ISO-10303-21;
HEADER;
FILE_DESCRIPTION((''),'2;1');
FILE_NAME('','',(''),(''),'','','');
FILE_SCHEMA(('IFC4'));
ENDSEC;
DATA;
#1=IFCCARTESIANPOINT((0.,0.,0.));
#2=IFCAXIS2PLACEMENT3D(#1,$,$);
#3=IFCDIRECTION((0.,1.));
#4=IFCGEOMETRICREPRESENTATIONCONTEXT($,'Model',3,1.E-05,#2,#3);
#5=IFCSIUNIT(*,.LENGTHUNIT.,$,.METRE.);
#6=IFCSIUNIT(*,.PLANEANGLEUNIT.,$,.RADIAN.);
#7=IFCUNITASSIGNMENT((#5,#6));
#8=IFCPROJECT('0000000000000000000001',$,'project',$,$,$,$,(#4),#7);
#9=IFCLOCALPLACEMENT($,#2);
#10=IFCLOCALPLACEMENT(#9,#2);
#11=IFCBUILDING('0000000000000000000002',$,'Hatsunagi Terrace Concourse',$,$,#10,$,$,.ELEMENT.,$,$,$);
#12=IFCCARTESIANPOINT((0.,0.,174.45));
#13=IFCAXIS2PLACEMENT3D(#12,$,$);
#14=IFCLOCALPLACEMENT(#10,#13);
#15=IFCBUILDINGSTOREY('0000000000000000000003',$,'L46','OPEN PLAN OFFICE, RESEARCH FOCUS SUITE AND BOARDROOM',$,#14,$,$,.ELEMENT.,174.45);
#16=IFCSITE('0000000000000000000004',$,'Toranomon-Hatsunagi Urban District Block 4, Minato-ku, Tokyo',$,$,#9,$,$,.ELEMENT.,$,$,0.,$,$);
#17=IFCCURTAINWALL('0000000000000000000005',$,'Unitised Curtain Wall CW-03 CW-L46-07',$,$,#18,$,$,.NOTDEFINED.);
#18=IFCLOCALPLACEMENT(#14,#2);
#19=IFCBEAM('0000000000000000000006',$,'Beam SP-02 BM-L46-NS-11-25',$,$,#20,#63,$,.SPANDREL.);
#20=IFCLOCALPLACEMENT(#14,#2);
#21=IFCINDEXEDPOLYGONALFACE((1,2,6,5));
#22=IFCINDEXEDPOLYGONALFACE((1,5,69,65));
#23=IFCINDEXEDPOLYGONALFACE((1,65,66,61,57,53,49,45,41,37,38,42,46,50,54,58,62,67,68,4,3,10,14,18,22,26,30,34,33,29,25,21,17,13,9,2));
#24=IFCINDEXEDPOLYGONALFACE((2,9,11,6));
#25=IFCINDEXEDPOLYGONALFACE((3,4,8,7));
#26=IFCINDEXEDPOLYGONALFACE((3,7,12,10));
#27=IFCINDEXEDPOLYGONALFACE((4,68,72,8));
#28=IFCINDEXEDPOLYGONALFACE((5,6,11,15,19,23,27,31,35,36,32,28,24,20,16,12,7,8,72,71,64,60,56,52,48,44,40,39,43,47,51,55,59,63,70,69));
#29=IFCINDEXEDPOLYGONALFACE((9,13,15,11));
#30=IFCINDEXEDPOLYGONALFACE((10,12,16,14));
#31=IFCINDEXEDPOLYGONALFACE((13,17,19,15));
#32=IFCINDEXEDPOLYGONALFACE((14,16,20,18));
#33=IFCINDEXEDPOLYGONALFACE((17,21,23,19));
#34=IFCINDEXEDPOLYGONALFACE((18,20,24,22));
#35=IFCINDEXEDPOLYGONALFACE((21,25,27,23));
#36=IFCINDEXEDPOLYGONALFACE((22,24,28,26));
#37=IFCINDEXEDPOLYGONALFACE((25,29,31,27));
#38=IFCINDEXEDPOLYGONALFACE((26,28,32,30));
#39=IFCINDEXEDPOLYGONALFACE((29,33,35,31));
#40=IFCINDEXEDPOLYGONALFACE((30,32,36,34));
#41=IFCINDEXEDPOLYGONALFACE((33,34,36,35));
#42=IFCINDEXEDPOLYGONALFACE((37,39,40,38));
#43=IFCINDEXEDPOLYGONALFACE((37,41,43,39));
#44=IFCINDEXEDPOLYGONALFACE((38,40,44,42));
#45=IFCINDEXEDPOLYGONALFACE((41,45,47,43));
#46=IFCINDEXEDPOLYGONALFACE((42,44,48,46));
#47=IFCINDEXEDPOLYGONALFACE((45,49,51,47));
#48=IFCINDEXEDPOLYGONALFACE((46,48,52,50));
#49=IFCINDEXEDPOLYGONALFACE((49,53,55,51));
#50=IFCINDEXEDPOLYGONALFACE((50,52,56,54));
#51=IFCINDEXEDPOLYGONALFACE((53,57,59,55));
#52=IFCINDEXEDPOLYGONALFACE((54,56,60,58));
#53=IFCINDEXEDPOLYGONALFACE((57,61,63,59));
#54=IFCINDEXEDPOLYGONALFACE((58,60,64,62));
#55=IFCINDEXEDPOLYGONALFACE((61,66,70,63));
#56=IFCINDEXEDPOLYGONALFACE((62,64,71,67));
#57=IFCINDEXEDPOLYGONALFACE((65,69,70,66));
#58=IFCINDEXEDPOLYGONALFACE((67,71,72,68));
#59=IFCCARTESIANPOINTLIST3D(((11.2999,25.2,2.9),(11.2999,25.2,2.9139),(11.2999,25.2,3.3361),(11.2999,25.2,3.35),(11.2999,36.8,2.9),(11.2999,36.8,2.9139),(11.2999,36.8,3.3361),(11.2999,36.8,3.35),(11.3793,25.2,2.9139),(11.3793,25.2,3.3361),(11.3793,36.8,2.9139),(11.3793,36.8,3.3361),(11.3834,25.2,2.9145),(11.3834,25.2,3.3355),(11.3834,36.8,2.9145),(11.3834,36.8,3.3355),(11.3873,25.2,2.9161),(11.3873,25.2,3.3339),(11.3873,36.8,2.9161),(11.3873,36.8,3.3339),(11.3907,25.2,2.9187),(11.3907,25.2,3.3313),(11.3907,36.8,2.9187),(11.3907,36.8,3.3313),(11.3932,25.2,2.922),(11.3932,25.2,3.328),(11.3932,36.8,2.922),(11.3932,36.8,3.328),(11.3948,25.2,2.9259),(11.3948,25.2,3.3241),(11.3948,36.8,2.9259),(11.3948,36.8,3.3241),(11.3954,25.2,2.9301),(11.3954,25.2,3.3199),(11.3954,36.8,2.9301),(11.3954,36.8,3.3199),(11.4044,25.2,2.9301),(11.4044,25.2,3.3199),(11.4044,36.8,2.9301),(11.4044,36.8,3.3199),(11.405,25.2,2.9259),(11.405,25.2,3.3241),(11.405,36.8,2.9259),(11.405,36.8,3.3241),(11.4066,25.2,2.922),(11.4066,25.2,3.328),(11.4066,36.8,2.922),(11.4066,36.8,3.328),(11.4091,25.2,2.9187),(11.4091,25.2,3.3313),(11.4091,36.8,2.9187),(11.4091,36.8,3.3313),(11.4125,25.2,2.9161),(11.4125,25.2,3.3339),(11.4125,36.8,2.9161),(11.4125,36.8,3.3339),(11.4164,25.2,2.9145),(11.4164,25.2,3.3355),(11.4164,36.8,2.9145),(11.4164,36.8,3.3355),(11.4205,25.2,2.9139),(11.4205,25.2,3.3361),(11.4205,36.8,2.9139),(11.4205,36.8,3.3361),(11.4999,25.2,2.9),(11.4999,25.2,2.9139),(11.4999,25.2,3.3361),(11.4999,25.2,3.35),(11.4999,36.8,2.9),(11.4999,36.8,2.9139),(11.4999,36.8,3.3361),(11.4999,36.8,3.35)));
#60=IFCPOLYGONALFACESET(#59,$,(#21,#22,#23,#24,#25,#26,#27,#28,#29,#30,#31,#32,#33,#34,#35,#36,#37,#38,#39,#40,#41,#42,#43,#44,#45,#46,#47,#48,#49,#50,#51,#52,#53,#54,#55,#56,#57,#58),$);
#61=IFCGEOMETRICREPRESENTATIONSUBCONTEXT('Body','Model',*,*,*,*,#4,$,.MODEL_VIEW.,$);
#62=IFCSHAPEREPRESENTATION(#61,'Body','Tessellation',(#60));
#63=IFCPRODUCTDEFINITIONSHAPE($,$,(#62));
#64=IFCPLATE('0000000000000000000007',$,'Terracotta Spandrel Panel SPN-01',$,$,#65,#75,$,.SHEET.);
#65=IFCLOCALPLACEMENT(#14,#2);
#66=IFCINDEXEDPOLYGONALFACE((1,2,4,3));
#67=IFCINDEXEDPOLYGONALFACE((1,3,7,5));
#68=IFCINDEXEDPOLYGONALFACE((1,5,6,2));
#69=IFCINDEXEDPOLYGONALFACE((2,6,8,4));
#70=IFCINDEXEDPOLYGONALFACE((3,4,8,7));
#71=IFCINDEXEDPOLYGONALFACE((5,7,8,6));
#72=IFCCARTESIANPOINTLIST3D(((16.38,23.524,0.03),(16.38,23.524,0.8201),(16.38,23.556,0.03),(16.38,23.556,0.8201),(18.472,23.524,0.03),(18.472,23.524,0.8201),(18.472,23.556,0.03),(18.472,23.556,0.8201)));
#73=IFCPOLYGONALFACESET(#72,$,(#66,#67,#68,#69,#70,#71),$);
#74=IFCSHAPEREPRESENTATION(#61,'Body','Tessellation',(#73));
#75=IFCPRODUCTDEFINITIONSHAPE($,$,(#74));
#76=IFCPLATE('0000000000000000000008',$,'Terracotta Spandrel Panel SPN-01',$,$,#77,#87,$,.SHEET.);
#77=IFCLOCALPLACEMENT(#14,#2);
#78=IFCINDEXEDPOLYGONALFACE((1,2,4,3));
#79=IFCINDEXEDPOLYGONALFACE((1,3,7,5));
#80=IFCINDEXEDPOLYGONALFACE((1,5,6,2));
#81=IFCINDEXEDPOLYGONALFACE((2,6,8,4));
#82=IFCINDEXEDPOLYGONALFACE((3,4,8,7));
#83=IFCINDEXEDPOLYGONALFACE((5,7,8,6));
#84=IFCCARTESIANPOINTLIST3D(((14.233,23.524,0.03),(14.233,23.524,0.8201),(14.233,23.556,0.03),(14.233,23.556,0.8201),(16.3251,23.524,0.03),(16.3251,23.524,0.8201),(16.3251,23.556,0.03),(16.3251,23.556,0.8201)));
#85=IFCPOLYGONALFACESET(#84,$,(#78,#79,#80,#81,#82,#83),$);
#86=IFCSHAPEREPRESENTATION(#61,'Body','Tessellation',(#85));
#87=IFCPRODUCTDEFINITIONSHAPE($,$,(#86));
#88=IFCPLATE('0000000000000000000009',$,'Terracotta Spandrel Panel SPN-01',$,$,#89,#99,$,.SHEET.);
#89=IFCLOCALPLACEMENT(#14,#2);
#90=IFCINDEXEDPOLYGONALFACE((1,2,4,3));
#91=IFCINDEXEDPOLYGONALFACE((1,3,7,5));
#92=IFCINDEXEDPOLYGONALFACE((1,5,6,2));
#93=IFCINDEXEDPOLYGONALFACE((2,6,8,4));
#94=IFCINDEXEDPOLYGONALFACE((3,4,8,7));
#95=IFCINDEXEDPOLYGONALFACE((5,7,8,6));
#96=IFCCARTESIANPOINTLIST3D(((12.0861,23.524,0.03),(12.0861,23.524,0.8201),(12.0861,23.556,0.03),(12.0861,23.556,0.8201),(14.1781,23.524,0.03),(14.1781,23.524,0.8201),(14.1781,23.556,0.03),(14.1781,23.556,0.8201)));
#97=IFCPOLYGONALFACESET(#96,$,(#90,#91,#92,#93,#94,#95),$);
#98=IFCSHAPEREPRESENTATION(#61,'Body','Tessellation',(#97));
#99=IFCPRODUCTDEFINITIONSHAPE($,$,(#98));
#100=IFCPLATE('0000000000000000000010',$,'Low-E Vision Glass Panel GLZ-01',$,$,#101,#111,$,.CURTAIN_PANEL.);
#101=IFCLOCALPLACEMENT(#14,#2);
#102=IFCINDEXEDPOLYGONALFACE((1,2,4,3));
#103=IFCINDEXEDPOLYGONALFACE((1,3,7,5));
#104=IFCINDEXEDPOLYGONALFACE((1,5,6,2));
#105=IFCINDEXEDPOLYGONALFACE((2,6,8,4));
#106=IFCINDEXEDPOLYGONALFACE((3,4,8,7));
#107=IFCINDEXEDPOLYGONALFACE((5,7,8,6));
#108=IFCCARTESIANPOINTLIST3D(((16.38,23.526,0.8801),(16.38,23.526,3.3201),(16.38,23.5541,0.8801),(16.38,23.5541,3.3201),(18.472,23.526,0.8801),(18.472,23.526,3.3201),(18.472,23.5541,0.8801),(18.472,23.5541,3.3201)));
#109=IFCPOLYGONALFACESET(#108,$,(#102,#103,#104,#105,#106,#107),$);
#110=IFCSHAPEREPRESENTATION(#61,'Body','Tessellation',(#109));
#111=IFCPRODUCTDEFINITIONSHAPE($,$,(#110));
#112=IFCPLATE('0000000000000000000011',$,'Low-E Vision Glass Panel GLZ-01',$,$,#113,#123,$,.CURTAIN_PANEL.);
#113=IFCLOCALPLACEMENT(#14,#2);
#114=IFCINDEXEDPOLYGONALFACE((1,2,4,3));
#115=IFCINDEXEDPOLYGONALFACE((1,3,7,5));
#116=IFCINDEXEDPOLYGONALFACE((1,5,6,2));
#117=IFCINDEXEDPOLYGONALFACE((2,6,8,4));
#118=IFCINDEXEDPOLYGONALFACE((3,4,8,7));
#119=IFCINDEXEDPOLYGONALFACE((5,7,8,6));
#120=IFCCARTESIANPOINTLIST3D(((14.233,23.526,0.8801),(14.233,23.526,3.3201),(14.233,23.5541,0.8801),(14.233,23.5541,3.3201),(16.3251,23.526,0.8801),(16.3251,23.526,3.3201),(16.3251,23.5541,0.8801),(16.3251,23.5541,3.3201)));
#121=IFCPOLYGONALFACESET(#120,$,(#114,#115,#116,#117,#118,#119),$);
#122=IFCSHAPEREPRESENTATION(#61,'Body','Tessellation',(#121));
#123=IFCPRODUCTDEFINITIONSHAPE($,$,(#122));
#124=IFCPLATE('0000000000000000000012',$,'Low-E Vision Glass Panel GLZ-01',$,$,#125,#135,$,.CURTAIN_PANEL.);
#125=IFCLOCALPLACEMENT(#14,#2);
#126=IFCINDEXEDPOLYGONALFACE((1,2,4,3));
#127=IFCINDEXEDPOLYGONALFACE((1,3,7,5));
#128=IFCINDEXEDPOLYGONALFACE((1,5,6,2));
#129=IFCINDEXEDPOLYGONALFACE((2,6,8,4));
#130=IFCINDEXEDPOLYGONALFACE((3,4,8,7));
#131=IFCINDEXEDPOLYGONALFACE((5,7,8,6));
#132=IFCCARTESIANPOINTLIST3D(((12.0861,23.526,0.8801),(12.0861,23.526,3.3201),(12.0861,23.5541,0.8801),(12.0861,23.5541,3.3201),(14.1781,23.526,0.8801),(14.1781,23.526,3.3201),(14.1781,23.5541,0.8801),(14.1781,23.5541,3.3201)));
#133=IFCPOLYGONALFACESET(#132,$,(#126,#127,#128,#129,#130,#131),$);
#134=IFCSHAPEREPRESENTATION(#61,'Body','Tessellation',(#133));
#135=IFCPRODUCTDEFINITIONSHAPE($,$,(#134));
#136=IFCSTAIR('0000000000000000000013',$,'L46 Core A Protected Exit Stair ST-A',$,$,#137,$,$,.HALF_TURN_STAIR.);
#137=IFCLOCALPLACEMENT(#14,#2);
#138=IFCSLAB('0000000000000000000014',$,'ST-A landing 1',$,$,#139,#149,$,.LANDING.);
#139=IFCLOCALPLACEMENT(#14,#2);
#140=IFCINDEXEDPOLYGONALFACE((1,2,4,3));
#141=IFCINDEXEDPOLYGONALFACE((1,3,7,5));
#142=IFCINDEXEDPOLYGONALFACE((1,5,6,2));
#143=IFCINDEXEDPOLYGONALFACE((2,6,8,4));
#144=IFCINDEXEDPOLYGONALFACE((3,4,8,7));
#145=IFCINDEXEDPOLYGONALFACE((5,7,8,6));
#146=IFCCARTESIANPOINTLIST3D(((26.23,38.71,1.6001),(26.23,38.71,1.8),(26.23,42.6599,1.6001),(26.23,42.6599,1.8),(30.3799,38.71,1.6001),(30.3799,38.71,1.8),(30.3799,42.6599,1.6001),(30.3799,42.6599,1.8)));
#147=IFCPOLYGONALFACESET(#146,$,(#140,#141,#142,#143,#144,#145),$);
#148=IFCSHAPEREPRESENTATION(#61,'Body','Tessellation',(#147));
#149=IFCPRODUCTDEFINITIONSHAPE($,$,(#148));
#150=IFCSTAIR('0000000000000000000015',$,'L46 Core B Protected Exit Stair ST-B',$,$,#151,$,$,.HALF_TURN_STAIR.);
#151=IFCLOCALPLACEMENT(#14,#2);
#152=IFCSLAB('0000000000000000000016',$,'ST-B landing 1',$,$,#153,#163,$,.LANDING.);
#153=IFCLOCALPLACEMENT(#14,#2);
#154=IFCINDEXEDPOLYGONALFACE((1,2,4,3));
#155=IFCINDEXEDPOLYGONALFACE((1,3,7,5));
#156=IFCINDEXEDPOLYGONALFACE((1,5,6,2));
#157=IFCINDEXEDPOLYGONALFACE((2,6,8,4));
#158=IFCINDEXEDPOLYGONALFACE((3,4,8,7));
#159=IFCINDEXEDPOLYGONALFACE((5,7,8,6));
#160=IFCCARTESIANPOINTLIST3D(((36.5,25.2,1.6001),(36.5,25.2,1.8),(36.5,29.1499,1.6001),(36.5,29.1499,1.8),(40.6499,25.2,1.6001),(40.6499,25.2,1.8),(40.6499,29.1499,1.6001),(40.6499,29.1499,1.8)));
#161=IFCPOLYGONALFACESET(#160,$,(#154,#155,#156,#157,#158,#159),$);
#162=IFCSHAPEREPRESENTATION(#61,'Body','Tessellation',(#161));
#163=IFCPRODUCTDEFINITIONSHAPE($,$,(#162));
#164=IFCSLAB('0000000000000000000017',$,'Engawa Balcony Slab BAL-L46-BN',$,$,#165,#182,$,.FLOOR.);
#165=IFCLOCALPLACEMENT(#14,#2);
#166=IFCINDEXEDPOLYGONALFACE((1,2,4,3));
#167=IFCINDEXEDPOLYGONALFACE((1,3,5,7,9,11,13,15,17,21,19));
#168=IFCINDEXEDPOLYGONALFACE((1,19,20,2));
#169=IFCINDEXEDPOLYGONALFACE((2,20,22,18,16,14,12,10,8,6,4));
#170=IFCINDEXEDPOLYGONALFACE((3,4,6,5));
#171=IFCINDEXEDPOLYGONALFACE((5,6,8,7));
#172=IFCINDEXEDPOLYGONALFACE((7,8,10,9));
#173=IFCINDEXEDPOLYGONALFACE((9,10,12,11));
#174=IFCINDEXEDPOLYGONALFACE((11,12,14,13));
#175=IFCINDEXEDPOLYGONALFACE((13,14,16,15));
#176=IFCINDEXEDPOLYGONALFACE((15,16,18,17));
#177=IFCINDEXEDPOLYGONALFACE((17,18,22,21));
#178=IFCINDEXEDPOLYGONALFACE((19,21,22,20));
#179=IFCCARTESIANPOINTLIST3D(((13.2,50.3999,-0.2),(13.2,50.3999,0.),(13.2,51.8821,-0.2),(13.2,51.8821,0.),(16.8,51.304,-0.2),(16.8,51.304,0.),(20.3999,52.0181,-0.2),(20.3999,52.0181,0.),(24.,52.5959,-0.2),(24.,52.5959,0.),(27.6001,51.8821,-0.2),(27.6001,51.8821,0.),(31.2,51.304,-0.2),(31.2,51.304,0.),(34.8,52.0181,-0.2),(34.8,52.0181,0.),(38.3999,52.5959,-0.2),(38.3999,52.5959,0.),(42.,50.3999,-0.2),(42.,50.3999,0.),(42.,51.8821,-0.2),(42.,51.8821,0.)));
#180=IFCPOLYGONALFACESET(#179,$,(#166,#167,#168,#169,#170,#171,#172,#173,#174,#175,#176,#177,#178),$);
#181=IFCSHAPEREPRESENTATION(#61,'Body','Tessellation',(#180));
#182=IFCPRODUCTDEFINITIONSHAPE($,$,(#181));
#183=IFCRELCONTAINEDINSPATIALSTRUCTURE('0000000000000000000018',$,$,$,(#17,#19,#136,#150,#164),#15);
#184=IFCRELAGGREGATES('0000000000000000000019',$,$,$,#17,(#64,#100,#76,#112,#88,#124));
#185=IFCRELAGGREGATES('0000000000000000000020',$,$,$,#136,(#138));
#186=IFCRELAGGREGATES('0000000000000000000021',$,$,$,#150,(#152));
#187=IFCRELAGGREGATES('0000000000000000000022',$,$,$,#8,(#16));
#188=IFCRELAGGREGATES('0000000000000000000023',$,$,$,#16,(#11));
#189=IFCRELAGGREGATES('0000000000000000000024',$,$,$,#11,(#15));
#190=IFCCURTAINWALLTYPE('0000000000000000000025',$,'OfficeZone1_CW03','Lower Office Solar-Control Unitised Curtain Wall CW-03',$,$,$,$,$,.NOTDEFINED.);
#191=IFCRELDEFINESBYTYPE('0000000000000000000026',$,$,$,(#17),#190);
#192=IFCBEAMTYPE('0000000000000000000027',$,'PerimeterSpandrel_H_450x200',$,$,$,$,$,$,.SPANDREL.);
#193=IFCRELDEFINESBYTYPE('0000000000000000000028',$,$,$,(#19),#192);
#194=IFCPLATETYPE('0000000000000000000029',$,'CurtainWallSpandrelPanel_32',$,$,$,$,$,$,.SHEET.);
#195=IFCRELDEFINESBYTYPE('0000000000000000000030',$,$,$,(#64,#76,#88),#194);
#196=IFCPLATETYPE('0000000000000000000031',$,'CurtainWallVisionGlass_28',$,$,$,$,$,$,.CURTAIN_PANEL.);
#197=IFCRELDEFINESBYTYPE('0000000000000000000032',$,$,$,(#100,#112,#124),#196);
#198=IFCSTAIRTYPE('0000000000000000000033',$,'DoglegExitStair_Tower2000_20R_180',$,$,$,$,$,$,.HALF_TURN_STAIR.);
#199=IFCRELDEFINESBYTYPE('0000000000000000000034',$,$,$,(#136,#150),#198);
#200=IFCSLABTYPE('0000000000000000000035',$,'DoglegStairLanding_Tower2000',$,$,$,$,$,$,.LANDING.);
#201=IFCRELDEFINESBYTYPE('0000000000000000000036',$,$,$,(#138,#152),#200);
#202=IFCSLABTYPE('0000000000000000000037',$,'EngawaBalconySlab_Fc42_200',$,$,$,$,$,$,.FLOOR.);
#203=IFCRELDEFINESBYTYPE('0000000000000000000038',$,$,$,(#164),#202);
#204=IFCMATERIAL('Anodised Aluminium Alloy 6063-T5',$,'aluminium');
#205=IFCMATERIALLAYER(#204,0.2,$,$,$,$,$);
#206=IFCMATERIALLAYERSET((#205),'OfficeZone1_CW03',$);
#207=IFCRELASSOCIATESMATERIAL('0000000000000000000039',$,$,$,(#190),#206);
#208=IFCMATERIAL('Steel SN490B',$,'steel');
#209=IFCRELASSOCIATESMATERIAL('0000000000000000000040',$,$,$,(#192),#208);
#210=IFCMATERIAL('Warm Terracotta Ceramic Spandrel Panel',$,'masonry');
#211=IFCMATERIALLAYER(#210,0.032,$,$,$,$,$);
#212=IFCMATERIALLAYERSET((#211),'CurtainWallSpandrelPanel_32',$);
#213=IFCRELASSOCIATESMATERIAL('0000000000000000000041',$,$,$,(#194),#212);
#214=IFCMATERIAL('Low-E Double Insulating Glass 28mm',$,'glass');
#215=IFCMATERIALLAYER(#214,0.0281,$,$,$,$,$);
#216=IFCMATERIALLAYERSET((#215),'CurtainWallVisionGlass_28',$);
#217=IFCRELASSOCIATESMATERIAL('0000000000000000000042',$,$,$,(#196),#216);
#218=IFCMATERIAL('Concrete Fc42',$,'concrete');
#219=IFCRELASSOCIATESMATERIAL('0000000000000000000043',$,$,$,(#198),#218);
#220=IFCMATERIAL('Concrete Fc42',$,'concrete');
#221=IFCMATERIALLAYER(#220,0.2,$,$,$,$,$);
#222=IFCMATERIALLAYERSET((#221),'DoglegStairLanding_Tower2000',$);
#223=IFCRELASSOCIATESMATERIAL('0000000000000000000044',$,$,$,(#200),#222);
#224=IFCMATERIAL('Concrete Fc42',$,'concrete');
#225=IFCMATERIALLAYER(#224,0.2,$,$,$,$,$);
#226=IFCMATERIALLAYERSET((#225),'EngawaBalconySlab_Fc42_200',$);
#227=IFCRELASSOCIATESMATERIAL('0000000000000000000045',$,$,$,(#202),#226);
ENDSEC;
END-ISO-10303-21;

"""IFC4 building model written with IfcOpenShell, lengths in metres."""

from ifc_helpers import new_model, si_unit, direction, frame, origin, origin_2d, place, context, subcontext, project, spatial, polyline, rectangle, i_section, outline, extrude, material, layer, layer_set, material_profile, profile_set, type_object, element, aggregate, save


model = new_model("IFC4")

# Units and contexts
model_context = context("Model", 3, precision=1e-05, world=origin(), true_north=direction((0.0, 1.0)))
body_context = subcontext(model_context, "Body", "Model", "MODEL_VIEW")
ifc_project = project(units=[si_unit("LENGTHUNIT", "METRE"), si_unit("PLANEANGLEUNIT", "RADIAN")], contexts=[model_context])

# Site, building, storey
site_placement = place(None, origin())
site = spatial("IfcSite", under=ifc_project, at=site_placement, Name="Toranomon-Hatsunagi Urban District Block 4, Minato-ku, Tokyo", CompositionType="ELEMENT", RefElevation=0.0)
building_placement = place(site_placement, origin())
building = spatial("IfcBuilding", under=site, at=building_placement, Name="Hatsunagi Terrace Concourse", CompositionType="ELEMENT")
storey_placement = place(building_placement, frame((0.0, 0.0, 174.45)))
storey = spatial("IfcBuildingStorey", under=building, at=storey_placement, Name="L46", Description="OPEN PLAN OFFICE, RESEARCH FOCUS SUITE AND BOARDROOM", CompositionType="ELEMENT", Elevation=174.45)

# Curtain wall
ifc_material_1 = material(Name="Anodised Aluminium Alloy 6063-T5", Category="aluminium")
ifc_layer_1 = layer(ifc_material_1, 0.2)
ifc_layer_set_1 = layer_set([ifc_layer_1], Name="OfficeZone1_CW03")
curtain_wall_type = type_object("IfcCurtainWallType", Name="OfficeZone1_CW03", Description="Lower Office Solar-Control Unitised Curtain Wall CW-03", PredefinedType="NOTDEFINED", material=ifc_layer_set_1)
curtain_wall_placement = place(storey_placement, origin())
curtain_wall = element("IfcCurtainWall", 1, at=curtain_wall_placement, inside=storey, type_object=curtain_wall_type, Name="Unitised Curtain Wall CW-03 CW-L46-07", PredefinedType="NOTDEFINED")

# Beam
ifc_material_2 = material(Name="Steel SN490B", Category="steel")
ifc_material_profile_1 = material_profile(ifc_material_2, i_section(OverallWidth=0.2, OverallDepth=0.45, WebThickness=0.009, FlangeThickness=0.0139, FilletRadius=0.0161, at=origin_2d()), Name="H-450x200x9x14")
ifc_profile_set_1 = profile_set([ifc_material_profile_1], Name="Steel SN490B")
beam_type = type_object("IfcBeamType", Name="PerimeterSpandrel_H_450x200", PredefinedType="SPANDREL", material=ifc_profile_set_1)
beam_1_placement = place(storey_placement, frame((11.3999, 25.2, 3.125), z_axis=(0.0, 1.0, 0.0), x_axis=(-1.0, 0.0, 0.0)))
element("IfcBeam", 2, at=beam_1_placement, inside=storey, type_object=beam_type, Name="Beam SP-02 BM-L46-NS-11-25", PredefinedType="SPANDREL", context=body_context, shape_type="SweptSolid", body=[
    extrude(i_section(OverallWidth=0.2, OverallDepth=0.45, WebThickness=0.009, FlangeThickness=0.0139, FilletRadius=0.0161, at=origin_2d()), origin(), (0.0, 0.0, 1.0), 11.6001),
])

# Plates
ifc_material_3 = material(Name="Warm Terracotta Ceramic Spandrel Panel", Category="masonry")
ifc_layer_2 = layer(ifc_material_3, 0.032)
ifc_layer_set_2 = layer_set([ifc_layer_2], Name="CurtainWallSpandrelPanel_32")
plate_type_1 = type_object("IfcPlateType", Name="CurtainWallSpandrelPanel_32", PredefinedType="SHEET", material=ifc_layer_set_2)
plate_1_placement = place(storey_placement, frame((17.426, 23.54, 0.03), z_axis=(0.0, 0.0, 1.0), x_axis=(-1.0, 0.0, 0.0)))
plate_1 = element("IfcPlate", 3, at=plate_1_placement, type_object=plate_type_1, Name="Terracotta Spandrel Panel SPN-01", PredefinedType="SHEET", context=body_context, shape_type="SweptSolid", body=[
    extrude(rectangle(XDim=2.092, YDim=0.032, at=origin_2d()), origin(), (0.0, 0.0, 1.0), 0.79),
])
plate_2_placement = place(storey_placement, frame((15.2791, 23.54, 0.03), z_axis=(0.0, 0.0, 1.0), x_axis=(-1.0, 0.0, 0.0)))
plate_2 = element("IfcPlate", 4, at=plate_2_placement, type_object=plate_type_1, Name="Terracotta Spandrel Panel SPN-01", PredefinedType="SHEET", context=body_context, shape_type="SweptSolid", body=[
    extrude(rectangle(XDim=2.092, YDim=0.032, at=origin_2d()), origin(), (0.0, 0.0, 1.0), 0.79),
])
plate_3_placement = place(storey_placement, frame((13.1321, 23.54, 0.03), z_axis=(0.0, 0.0, 1.0), x_axis=(-1.0, 0.0, 0.0)))
plate_3 = element("IfcPlate", 5, at=plate_3_placement, type_object=plate_type_1, Name="Terracotta Spandrel Panel SPN-01", PredefinedType="SHEET", context=body_context, shape_type="SweptSolid", body=[
    extrude(rectangle(XDim=2.092, YDim=0.032, at=origin_2d()), origin(), (0.0, 0.0, 1.0), 0.79),
])
ifc_material_4 = material(Name="Low-E Double Insulating Glass 28mm", Category="glass")
ifc_layer_3 = layer(ifc_material_4, 0.0281)
ifc_layer_set_3 = layer_set([ifc_layer_3], Name="CurtainWallVisionGlass_28")
plate_type_2 = type_object("IfcPlateType", Name="CurtainWallVisionGlass_28", PredefinedType="CURTAIN_PANEL", material=ifc_layer_set_3)
plate_4_placement = place(storey_placement, frame((17.426, 23.54, 0.8801), z_axis=(0.0, 0.0, 1.0), x_axis=(-1.0, 0.0, 0.0)))
plate_4 = element("IfcPlate", 6, at=plate_4_placement, type_object=plate_type_2, Name="Low-E Vision Glass Panel GLZ-01", PredefinedType="CURTAIN_PANEL", context=body_context, shape_type="SweptSolid", body=[
    extrude(rectangle(XDim=2.092, YDim=0.0281, at=origin_2d()), origin(), (0.0, 0.0, 1.0), 2.4399),
])
plate_5_placement = place(storey_placement, frame((15.2791, 23.54, 0.8801), z_axis=(0.0, 0.0, 1.0), x_axis=(-1.0, 0.0, 0.0)))
plate_5 = element("IfcPlate", 7, at=plate_5_placement, type_object=plate_type_2, Name="Low-E Vision Glass Panel GLZ-01", PredefinedType="CURTAIN_PANEL", context=body_context, shape_type="SweptSolid", body=[
    extrude(rectangle(XDim=2.092, YDim=0.0281, at=origin_2d()), origin(), (0.0, 0.0, 1.0), 2.4399),
])
plate_6_placement = place(storey_placement, frame((13.1321, 23.54, 0.8801), z_axis=(0.0, 0.0, 1.0), x_axis=(-1.0, 0.0, 0.0)))
plate_6 = element("IfcPlate", 8, at=plate_6_placement, type_object=plate_type_2, Name="Low-E Vision Glass Panel GLZ-01", PredefinedType="CURTAIN_PANEL", context=body_context, shape_type="SweptSolid", body=[
    extrude(rectangle(XDim=2.092, YDim=0.0281, at=origin_2d()), origin(), (0.0, 0.0, 1.0), 2.4399),
])
aggregate(curtain_wall, [plate_1, plate_4, plate_2, plate_5, plate_3, plate_6])

# Stairs, slabs
ifc_material_5 = material(Name="Concrete Fc42", Category="concrete")
stair_type = type_object("IfcStairType", Name="DoglegExitStair_Tower2000_20R_180", PredefinedType="HALF_TURN_STAIR", material=ifc_material_5)
stair_1_placement = place(storey_placement, origin())
stair_1 = element("IfcStair", 9, at=stair_1_placement, inside=storey, type_object=stair_type, Name="L46 Core A Protected Exit Stair ST-A", PredefinedType="HALF_TURN_STAIR")
ifc_material_6 = material(Name="Concrete Fc42", Category="concrete")
ifc_layer_4 = layer(ifc_material_6, 0.2)
ifc_layer_set_4 = layer_set([ifc_layer_4], Name="DoglegStairLanding_Tower2000")
slab_type_1 = type_object("IfcSlabType", Name="DoglegStairLanding_Tower2000", PredefinedType="LANDING", material=ifc_layer_set_4)
slab_1_placement = place(storey_placement, frame((0.0, 0.0, 1.6001)))
slab_1 = element("IfcSlab", 10, at=slab_1_placement, type_object=slab_type_1, Name="ST-A landing 1", PredefinedType="LANDING", context=body_context, shape_type="SweptSolid", body=[
    extrude(outline(polyline([(30.3799, 38.71), (30.3799, 42.6599), (26.23, 42.6599), (26.23, 38.71), (30.3799, 38.71)])), origin(), (0.0, 0.0, 1.0), 0.2),
])
aggregate(stair_1, [slab_1])
stair_2_placement = place(storey_placement, origin())
stair_2 = element("IfcStair", 11, at=stair_2_placement, inside=storey, type_object=stair_type, Name="L46 Core B Protected Exit Stair ST-B", PredefinedType="HALF_TURN_STAIR")
slab_2_placement = place(storey_placement, frame((0.0, 0.0, 1.6001)))
slab_2 = element("IfcSlab", 12, at=slab_2_placement, type_object=slab_type_1, Name="ST-B landing 1", PredefinedType="LANDING", context=body_context, shape_type="SweptSolid", body=[
    extrude(outline(polyline([(36.5, 29.1499), (36.5, 25.2), (40.6499, 25.2), (40.6499, 29.1499), (36.5, 29.1499)])), origin(), (0.0, 0.0, 1.0), 0.2),
])
aggregate(stair_2, [slab_2])

# Slab
ifc_material_7 = material(Name="Concrete Fc42", Category="concrete")
ifc_layer_5 = layer(ifc_material_7, 0.2)
ifc_layer_set_5 = layer_set([ifc_layer_5], Name="EngawaBalconySlab_Fc42_200")
slab_type_2 = type_object("IfcSlabType", Name="EngawaBalconySlab_Fc42_200", PredefinedType="FLOOR", material=ifc_layer_set_5)
slab_3_placement = place(storey_placement, frame((0.0, 0.0, -0.2)))
element("IfcSlab", 13, at=slab_3_placement, inside=storey, type_object=slab_type_2, Name="Engawa Balcony Slab BAL-L46-BN", PredefinedType="FLOOR", context=body_context, shape_type="SweptSolid", body=[
    extrude(outline(polyline([(13.2, 51.8821), (13.2, 50.3999), (42.0, 50.3999), (42.0, 51.8821), (38.3999, 52.5959), (34.8, 52.0181), (31.2, 51.304), (27.6001, 51.8821), (24.0, 52.5959), (20.3999, 52.0181), (16.8, 51.304), (13.2, 51.8821)])), origin(), (0.0, 0.0, 1.0), 0.2),
])

save(model, "model.ifc")
